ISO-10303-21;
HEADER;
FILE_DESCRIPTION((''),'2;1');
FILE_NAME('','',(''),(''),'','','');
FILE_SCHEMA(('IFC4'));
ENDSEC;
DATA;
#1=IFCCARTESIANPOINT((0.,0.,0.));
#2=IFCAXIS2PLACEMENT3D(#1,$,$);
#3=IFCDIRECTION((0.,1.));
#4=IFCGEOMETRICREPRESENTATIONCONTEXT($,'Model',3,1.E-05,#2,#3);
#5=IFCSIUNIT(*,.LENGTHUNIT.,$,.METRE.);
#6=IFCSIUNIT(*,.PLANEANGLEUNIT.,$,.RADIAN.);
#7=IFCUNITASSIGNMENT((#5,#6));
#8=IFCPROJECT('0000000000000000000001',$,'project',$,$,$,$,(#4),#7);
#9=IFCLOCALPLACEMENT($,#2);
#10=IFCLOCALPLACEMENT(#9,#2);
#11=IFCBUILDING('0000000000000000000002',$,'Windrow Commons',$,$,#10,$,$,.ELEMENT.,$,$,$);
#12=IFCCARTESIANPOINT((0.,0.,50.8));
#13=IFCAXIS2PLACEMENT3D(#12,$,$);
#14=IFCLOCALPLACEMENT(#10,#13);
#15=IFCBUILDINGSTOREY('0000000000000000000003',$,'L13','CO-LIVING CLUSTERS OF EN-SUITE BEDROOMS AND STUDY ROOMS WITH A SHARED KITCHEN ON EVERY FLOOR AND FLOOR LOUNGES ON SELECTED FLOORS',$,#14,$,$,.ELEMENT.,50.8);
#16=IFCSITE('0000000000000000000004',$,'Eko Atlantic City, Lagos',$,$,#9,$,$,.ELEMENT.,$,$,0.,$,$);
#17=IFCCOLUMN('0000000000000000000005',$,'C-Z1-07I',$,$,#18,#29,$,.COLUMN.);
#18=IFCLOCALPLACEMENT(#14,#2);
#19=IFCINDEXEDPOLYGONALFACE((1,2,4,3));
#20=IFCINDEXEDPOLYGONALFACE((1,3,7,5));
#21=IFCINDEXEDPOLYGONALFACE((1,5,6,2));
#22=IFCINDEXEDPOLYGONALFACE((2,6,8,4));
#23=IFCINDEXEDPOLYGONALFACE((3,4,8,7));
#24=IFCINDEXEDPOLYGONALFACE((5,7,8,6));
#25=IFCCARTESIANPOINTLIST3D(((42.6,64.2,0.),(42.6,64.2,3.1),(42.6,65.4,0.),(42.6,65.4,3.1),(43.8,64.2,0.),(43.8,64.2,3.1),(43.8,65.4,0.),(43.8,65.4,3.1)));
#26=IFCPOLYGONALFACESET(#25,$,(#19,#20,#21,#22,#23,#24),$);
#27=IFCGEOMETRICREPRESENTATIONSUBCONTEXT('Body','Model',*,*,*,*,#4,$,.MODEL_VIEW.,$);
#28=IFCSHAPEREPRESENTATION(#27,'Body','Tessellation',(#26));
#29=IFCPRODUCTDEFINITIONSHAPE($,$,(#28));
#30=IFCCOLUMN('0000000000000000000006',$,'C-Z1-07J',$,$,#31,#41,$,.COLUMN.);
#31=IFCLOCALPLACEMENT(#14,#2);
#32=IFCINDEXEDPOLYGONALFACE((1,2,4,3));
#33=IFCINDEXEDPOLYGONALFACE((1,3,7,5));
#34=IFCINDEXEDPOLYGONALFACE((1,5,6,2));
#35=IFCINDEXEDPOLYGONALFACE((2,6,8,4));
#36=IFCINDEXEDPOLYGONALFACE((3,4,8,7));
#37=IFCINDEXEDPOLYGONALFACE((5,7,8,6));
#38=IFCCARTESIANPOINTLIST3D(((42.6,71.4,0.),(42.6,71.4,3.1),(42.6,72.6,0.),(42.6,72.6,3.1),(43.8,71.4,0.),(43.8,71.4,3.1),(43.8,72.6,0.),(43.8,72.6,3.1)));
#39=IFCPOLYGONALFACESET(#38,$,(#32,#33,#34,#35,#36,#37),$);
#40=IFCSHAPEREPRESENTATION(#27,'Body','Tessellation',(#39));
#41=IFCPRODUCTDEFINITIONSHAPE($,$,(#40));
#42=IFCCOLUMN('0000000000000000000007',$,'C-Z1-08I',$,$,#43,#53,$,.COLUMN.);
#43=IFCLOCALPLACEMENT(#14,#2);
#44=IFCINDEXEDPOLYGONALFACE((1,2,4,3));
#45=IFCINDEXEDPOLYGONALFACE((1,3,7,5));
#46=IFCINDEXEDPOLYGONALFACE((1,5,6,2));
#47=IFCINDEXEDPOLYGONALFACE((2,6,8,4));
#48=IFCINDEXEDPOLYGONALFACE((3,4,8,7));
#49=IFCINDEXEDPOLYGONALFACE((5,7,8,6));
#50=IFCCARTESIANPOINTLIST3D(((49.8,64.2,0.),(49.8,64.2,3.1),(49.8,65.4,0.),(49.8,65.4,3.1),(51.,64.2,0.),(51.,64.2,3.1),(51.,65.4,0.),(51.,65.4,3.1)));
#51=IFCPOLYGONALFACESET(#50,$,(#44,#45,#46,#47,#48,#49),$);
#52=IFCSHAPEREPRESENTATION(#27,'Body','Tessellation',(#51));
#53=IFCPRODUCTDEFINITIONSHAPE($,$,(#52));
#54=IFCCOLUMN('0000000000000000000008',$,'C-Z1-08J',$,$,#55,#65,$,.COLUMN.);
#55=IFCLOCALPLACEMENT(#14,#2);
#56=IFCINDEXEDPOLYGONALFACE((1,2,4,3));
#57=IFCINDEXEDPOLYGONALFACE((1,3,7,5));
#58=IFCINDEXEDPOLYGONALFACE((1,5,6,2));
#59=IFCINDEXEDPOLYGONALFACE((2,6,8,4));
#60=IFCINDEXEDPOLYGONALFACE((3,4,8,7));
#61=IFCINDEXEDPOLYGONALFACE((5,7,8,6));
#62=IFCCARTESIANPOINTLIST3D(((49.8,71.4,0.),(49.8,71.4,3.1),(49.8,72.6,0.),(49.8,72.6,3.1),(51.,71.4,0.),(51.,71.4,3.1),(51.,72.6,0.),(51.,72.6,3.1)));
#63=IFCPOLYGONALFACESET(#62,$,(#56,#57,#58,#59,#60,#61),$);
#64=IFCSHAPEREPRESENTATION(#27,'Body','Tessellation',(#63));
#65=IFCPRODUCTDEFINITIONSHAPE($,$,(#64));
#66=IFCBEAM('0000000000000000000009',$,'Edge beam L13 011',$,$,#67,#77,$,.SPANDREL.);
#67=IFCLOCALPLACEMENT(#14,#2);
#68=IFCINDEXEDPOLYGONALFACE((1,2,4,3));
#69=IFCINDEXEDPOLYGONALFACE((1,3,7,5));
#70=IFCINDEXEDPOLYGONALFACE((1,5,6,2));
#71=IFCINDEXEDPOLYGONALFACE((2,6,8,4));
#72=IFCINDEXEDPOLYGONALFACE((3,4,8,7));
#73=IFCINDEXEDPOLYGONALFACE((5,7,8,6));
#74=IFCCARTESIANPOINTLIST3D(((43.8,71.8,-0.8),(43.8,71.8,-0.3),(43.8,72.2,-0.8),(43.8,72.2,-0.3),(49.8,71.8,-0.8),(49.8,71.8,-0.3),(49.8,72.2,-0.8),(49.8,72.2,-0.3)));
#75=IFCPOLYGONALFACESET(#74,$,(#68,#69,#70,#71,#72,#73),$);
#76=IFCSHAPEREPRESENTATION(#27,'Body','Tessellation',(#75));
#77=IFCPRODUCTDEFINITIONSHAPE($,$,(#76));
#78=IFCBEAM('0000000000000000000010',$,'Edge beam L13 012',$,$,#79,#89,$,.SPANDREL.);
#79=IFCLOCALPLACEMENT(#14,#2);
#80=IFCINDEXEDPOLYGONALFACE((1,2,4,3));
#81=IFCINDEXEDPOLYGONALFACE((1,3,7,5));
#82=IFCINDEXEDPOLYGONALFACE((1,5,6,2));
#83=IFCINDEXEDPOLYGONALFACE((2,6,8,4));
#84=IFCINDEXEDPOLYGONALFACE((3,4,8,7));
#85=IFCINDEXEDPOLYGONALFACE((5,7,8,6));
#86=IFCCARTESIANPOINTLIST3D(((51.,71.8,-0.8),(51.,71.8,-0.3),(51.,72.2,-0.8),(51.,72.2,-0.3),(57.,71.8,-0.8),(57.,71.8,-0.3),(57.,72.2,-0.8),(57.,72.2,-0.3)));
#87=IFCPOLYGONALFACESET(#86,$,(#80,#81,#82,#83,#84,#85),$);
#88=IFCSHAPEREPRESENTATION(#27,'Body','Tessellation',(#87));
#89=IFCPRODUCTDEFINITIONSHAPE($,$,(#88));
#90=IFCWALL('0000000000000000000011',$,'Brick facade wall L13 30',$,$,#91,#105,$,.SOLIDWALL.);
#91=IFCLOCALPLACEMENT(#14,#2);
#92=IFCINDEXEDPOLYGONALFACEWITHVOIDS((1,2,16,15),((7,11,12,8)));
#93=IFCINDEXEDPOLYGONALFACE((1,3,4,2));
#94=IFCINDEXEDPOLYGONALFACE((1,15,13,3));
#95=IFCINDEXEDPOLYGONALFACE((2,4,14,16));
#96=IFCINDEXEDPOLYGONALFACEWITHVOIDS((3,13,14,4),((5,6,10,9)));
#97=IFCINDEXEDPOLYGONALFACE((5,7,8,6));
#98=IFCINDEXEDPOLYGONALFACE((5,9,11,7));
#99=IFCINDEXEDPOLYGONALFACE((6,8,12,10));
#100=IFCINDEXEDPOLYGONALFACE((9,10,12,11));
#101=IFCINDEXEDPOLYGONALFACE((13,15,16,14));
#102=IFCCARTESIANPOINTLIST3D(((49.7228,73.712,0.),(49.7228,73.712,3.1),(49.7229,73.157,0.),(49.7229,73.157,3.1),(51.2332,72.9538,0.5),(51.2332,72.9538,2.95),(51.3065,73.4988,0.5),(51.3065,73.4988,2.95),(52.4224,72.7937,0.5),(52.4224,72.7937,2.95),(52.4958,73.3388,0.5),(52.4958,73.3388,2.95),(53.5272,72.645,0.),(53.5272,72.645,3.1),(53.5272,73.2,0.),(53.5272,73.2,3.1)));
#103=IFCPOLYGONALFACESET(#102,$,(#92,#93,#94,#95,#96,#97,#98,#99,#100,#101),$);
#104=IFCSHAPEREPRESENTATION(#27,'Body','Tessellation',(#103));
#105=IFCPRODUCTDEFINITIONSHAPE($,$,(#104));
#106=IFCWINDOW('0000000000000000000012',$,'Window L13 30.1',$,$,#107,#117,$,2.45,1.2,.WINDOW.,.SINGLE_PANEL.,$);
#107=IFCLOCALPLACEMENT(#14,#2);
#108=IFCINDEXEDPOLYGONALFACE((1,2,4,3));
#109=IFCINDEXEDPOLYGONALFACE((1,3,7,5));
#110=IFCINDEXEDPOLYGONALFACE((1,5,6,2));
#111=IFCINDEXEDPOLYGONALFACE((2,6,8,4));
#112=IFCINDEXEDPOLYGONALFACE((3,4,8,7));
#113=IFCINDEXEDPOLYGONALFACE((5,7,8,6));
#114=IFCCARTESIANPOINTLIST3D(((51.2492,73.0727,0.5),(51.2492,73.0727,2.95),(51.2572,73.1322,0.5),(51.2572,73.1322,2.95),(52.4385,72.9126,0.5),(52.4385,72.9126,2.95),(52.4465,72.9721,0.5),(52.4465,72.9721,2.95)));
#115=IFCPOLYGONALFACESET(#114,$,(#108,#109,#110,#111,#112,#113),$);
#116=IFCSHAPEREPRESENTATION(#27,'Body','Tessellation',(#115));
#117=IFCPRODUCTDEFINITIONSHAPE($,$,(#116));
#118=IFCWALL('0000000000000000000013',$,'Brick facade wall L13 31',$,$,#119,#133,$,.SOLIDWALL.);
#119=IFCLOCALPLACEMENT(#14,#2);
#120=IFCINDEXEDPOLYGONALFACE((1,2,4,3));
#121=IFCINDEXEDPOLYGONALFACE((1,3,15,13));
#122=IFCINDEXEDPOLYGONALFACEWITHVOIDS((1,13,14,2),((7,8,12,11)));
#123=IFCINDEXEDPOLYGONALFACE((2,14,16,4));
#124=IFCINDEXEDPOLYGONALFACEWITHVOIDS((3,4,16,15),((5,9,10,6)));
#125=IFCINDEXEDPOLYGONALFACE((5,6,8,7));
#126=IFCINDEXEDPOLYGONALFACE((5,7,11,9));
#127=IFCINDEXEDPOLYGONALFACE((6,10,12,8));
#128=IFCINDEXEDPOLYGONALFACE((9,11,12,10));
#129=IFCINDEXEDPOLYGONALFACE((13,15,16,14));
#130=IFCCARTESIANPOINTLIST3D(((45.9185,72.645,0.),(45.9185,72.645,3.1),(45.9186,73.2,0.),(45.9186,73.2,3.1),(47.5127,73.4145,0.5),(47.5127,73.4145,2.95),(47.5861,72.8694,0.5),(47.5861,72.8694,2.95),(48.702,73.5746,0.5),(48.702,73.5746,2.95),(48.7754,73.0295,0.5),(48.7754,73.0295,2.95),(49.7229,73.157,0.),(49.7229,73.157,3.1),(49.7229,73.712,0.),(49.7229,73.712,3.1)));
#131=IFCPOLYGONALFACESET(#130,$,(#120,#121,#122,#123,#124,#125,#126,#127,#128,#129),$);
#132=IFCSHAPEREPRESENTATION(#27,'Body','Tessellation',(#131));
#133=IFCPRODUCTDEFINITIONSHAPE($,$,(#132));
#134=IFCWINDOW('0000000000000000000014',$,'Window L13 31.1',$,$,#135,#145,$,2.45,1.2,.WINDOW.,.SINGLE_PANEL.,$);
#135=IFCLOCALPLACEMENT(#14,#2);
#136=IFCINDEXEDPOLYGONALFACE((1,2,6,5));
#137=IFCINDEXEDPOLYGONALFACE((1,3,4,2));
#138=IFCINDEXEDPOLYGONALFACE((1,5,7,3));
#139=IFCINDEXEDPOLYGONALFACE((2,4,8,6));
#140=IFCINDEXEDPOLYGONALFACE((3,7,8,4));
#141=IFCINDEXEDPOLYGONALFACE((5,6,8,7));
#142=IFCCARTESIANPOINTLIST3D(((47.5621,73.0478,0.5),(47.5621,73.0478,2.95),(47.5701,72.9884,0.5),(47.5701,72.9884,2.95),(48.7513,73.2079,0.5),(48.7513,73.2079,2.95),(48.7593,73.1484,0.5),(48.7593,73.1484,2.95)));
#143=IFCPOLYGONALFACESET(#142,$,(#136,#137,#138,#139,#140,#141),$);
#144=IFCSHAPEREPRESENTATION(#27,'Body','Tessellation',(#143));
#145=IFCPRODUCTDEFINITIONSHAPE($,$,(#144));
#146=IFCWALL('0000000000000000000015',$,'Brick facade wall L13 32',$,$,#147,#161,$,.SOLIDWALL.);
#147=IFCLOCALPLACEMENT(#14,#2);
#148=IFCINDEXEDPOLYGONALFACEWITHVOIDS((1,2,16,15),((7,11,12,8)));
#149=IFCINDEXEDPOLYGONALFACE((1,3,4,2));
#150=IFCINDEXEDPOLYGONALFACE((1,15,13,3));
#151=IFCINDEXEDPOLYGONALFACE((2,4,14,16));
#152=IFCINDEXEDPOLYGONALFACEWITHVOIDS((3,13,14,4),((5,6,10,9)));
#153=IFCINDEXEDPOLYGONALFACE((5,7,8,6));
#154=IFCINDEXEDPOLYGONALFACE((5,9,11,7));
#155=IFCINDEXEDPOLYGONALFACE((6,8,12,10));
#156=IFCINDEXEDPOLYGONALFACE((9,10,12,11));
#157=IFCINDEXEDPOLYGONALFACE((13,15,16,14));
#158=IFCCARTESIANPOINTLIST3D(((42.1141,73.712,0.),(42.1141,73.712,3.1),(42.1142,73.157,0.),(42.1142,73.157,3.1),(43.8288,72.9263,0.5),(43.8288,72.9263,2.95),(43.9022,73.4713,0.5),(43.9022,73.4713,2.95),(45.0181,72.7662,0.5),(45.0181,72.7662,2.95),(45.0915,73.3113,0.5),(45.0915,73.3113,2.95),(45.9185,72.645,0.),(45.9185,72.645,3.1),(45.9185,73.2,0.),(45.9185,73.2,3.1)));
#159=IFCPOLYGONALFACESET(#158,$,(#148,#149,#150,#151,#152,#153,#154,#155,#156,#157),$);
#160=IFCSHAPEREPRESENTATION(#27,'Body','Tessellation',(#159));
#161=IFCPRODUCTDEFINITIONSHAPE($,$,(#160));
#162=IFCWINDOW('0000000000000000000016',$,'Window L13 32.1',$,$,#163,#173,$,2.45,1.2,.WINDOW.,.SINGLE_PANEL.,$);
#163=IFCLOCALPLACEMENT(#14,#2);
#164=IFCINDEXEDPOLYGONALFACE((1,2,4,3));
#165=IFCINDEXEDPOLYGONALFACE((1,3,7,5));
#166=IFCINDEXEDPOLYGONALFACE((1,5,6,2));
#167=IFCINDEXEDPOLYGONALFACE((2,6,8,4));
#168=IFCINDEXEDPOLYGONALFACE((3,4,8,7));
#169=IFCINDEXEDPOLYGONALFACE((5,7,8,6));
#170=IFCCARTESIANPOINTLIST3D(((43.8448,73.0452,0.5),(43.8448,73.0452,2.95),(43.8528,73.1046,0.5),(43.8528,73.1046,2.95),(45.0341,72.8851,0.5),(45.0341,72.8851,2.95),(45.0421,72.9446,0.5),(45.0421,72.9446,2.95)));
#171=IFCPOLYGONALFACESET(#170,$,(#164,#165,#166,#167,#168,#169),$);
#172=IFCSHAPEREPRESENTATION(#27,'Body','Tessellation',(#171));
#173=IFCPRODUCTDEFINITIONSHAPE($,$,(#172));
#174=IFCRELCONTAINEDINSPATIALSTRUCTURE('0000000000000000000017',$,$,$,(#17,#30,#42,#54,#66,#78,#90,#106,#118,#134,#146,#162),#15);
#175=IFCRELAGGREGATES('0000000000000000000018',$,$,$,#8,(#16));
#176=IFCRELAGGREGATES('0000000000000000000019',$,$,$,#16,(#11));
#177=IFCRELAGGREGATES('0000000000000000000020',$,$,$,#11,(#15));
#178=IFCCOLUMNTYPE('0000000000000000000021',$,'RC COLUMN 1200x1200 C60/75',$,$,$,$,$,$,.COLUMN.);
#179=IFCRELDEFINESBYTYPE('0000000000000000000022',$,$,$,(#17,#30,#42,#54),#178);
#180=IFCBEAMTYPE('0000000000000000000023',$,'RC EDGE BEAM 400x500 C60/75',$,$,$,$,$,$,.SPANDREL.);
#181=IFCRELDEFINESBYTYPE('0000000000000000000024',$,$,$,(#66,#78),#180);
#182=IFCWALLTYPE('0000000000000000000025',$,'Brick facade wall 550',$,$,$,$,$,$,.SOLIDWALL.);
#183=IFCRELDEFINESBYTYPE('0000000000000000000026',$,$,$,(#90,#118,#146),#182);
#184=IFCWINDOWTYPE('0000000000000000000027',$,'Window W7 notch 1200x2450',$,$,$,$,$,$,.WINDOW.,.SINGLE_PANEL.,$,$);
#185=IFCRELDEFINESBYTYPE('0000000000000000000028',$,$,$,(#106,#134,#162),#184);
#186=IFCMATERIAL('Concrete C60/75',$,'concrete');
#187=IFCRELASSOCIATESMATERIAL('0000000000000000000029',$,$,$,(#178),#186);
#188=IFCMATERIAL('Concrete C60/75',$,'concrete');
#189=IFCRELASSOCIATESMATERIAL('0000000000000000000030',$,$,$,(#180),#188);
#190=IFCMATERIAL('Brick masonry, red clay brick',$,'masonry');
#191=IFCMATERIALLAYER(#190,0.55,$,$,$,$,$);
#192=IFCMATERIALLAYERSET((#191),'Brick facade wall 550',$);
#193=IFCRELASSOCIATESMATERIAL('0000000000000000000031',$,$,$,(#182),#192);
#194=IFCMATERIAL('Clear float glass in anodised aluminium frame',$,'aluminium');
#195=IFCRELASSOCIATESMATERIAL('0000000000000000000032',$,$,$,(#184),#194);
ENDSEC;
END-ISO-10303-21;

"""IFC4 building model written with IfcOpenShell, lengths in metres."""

from ifc_helpers import new_model, si_unit, direction, frame, frame_2d, origin, origin_2d, place, context, subcontext, project, spatial, polyline, rectangle, outline, extrude, material, layer, layer_set, material_profile, profile_set, type_object, element, fill, save


model = new_model("IFC4")

# Units and contexts
model_context = context("Model", 3, precision=1e-05, world=origin(), true_north=direction((0.0, 1.0)))
body_context = subcontext(model_context, "Body", "Model", "MODEL_VIEW")
ifc_project = project(units=[si_unit("LENGTHUNIT", "METRE"), si_unit("PLANEANGLEUNIT", "RADIAN")], contexts=[model_context])

# Site, building, storey
site_placement = place(None, origin())
site = spatial("IfcSite", under=ifc_project, at=site_placement, Name="Eko Atlantic City, Lagos", CompositionType="ELEMENT", RefElevation=0.0)
building_placement = place(site_placement, origin())
building = spatial("IfcBuilding", under=site, at=building_placement, Name="Windrow Commons", CompositionType="ELEMENT")
storey_placement = place(building_placement, frame((0.0, 0.0, 50.8)))
storey = spatial("IfcBuildingStorey", under=building, at=storey_placement, Name="L13", Description="CO-LIVING CLUSTERS OF EN-SUITE BEDROOMS AND STUDY ROOMS WITH A SHARED KITCHEN ON EVERY FLOOR AND FLOOR LOUNGES ON SELECTED FLOORS", CompositionType="ELEMENT", Elevation=50.8)

# Columns
ifc_material_1 = material(Name="Concrete C60/75", Category="concrete")
ifc_material_profile_1 = material_profile(ifc_material_1, rectangle(XDim=1.2, YDim=1.2, at=origin_2d()))
ifc_profile_set_1 = profile_set([ifc_material_profile_1], Name="Concrete C60/75")
column_type = type_object("IfcColumnType", Name="RC COLUMN 1200x1200 C60/75", PredefinedType="COLUMN", material=ifc_profile_set_1)
for number, where, z_axis, x_axis, name in (
    (1, (43.2, 64.8, 0.0), (0.0, 0.0, 1.0), (1.0, 0.0, 0.0), "C-Z1-07I"),
    (2, (43.2, 72.0, 0.0), (0.0, 0.0, 1.0), (1.0, 0.0, 0.0), "C-Z1-07J"),
    (3, (50.4, 64.8, 0.0), (0.0, 0.0, 1.0), (1.0, 0.0, 0.0), "C-Z1-08I"),
    (4, (50.4, 72.0, 0.0), (0.0, 0.0, 1.0), (1.0, 0.0, 0.0), "C-Z1-08J"),
):
    element("IfcColumn", number, at=place(storey_placement, frame(where, z_axis=z_axis, x_axis=x_axis)), inside=storey, type_object=column_type, Name=name, PredefinedType="COLUMN", context=body_context, shape_type="SweptSolid", body=[
        extrude(rectangle(XDim=1.2, YDim=1.2, at=origin_2d()), origin(), (0.0, 0.0, 1.0), 3.1),
    ])

# Beams
ifc_material_2 = material(Name="Concrete C60/75", Category="concrete")
ifc_material_profile_2 = material_profile(ifc_material_2, rectangle(XDim=0.4, YDim=0.5, at=origin_2d()))
ifc_profile_set_2 = profile_set([ifc_material_profile_2], Name="Concrete C60/75")
beam_type = type_object("IfcBeamType", Name="RC EDGE BEAM 400x500 C60/75", PredefinedType="SPANDREL", material=ifc_profile_set_2)
for number, where, z_axis, x_axis, name in (
    (5, (43.8, 72.0, -0.55), (1.0, 0.0, 0.0), (0.0, 1.0, 0.0), "Edge beam L13 011"),
    (6, (51.0, 72.0, -0.55), (1.0, 0.0, 0.0), (0.0, 1.0, 0.0), "Edge beam L13 012"),
):
    element("IfcBeam", number, at=place(storey_placement, frame(where, z_axis=z_axis, x_axis=x_axis)), inside=storey, type_object=beam_type, Name=name, PredefinedType="SPANDREL", context=body_context, shape_type="SweptSolid", body=[
        extrude(rectangle(XDim=0.4, YDim=0.5, at=origin_2d()), origin(), (0.0, 0.0, 1.0), 6.0),
    ])

# Walls, openings, windows
ifc_material_3 = material(Name="Brick masonry, red clay brick", Category="masonry")
ifc_layer_1 = layer(ifc_material_3, 0.55)
ifc_layer_set_1 = layer_set([ifc_layer_1], Name="Brick facade wall 550")
wall_type_1 = type_object("IfcWallType", Name="Brick facade wall 550", PredefinedType="SOLIDWALL", material=ifc_layer_set_1)
wall_1_placement = place(storey_placement, frame((53.5272, 72.9225, 0.0), z_axis=(0.0, 0.0, 1.0), x_axis=(-0.991065, 0.133382, 0.0)))
wall_1 = element("IfcWall", 7, at=wall_1_placement, inside=storey, type_object=wall_type_1, Name="Brick facade wall L13 30", PredefinedType="SOLIDWALL", context=body_context, shape_type="SweptSolid", body=[
    extrude(outline(polyline([(0.037, -0.275), (3.8757, -0.275), (3.8016, 0.275), (-0.037, 0.275), (0.037, -0.275)])), origin(), (0.0, 0.0, 1.0), 3.1),
])
opening_1_placement = place(wall_1_placement, frame((1.0777, 0.0, 0.5)))
opening_1 = element("IfcOpeningElement", 8, at=opening_1_placement, cuts=wall_1, PredefinedType="OPENING", context=body_context, shape_type="SweptSolid", body=[
    extrude(rectangle(XDim=1.2, YDim=2.45, at=frame_2d((0.6, 1.225))), frame((0.0, 0.285, 0.0), z_axis=(0.0, -1.0, 0.0), x_axis=(1.0, 0.0, 0.0)), (0.0, 0.0, 1.0), 0.57),
])
ifc_material_4 = material(Name="Clear float glass in anodised aluminium frame", Category="aluminium")
window_type = type_object("IfcWindowType", Name="Window W7 notch 1200x2450", PartitioningType="SINGLE_PANEL", PredefinedType="WINDOW", material=ifc_material_4)
window_1_placement = place(opening_1_placement, origin())
window_1 = element("IfcWindow", 9, at=window_1_placement, inside=storey, type_object=window_type, Name="Window L13 30.1", OverallHeight=2.45, OverallWidth=1.2, PartitioningType="SINGLE_PANEL", PredefinedType="WINDOW", context=body_context, shape_type="SweptSolid", body=[
    extrude(rectangle(XDim=1.2, YDim=2.45, at=frame_2d((0.6, 1.225))), frame((0.0, 0.155, 0.0), z_axis=(0.0, -1.0, 0.0), x_axis=(1.0, 0.0, 0.0)), (0.0, 0.0, 1.0), 0.06),
])
fill(opening_1, window_1)
wall_2_placement = place(storey_placement, frame((49.7229, 73.4345, 0.0), z_axis=(0.0, 0.0, 1.0), x_axis=(-0.991065, -0.133379, 0.0)))
wall_2 = element("IfcWall", 10, at=wall_2_placement, inside=storey, type_object=wall_type_1, Name="Brick facade wall L13 31", PredefinedType="SOLIDWALL", context=body_context, shape_type="SweptSolid", body=[
    extrude(outline(polyline([(-0.037, -0.275), (3.8016, -0.275), (3.8757, 0.275), (0.037, 0.275), (-0.037, -0.275)])), origin(), (0.0, 0.0, 1.0), 3.1),
])
opening_2_placement = place(wall_2_placement, frame((0.9931, 0.0, 0.5)))
opening_2 = element("IfcOpeningElement", 11, at=opening_2_placement, cuts=wall_2, PredefinedType="OPENING", context=body_context, shape_type="SweptSolid", body=[
    extrude(rectangle(XDim=1.2, YDim=2.45, at=frame_2d((0.6, 1.225))), frame((0.0, 0.285, 0.0), z_axis=(0.0, -1.0, 0.0), x_axis=(1.0, 0.0, 0.0)), (0.0, 0.0, 1.0), 0.57),
])
window_2_placement = place(opening_2_placement, origin())
window_2 = element("IfcWindow", 12, at=window_2_placement, inside=storey, type_object=window_type, Name="Window L13 31.1", OverallHeight=2.45, OverallWidth=1.2, PartitioningType="SINGLE_PANEL", PredefinedType="WINDOW", context=body_context, shape_type="SweptSolid", body=[
    extrude(rectangle(XDim=1.2, YDim=2.45, at=frame_2d((0.6, 1.225))), frame((0.0, 0.155, 0.0), z_axis=(0.0, -1.0, 0.0), x_axis=(1.0, 0.0, 0.0)), (0.0, 0.0, 1.0), 0.06),
])
fill(opening_2, window_2)
wall_3_placement = place(storey_placement, frame((45.9185, 72.9225, 0.0), z_axis=(0.0, 0.0, 1.0), x_axis=(-0.991065, 0.133379, 0.0)))
wall_3 = element("IfcWall", 13, at=wall_3_placement, inside=storey, type_object=wall_type_1, Name="Brick facade wall L13 32", PredefinedType="SOLIDWALL", context=body_context, shape_type="SweptSolid", body=[
    extrude(outline(polyline([(0.037, -0.275), (3.8757, -0.275), (3.8016, 0.275), (-0.037, 0.275), (0.037, -0.275)])), origin(), (0.0, 0.0, 1.0), 3.1),
])
opening_3_placement = place(wall_3_placement, frame((0.8715, 0.0, 0.5)))
opening_3 = element("IfcOpeningElement", 14, at=opening_3_placement, cuts=wall_3, PredefinedType="OPENING", context=body_context, shape_type="SweptSolid", body=[
    extrude(rectangle(XDim=1.2, YDim=2.45, at=frame_2d((0.6, 1.225))), frame((0.0, 0.285, 0.0), z_axis=(0.0, -1.0, 0.0), x_axis=(1.0, 0.0, 0.0)), (0.0, 0.0, 1.0), 0.57),
])
window_3_placement = place(opening_3_placement, origin())
window_3 = element("IfcWindow", 15, at=window_3_placement, inside=storey, type_object=window_type, Name="Window L13 32.1", OverallHeight=2.45, OverallWidth=1.2, PartitioningType="SINGLE_PANEL", PredefinedType="WINDOW", context=body_context, shape_type="SweptSolid", body=[
    extrude(rectangle(XDim=1.2, YDim=2.45, at=frame_2d((0.6, 1.225))), frame((0.0, 0.155, 0.0), z_axis=(0.0, -1.0, 0.0), x_axis=(1.0, 0.0, 0.0)), (0.0, 0.0, 1.0), 0.06),
])
fill(opening_3, window_3)

save(model, "model.ifc")
